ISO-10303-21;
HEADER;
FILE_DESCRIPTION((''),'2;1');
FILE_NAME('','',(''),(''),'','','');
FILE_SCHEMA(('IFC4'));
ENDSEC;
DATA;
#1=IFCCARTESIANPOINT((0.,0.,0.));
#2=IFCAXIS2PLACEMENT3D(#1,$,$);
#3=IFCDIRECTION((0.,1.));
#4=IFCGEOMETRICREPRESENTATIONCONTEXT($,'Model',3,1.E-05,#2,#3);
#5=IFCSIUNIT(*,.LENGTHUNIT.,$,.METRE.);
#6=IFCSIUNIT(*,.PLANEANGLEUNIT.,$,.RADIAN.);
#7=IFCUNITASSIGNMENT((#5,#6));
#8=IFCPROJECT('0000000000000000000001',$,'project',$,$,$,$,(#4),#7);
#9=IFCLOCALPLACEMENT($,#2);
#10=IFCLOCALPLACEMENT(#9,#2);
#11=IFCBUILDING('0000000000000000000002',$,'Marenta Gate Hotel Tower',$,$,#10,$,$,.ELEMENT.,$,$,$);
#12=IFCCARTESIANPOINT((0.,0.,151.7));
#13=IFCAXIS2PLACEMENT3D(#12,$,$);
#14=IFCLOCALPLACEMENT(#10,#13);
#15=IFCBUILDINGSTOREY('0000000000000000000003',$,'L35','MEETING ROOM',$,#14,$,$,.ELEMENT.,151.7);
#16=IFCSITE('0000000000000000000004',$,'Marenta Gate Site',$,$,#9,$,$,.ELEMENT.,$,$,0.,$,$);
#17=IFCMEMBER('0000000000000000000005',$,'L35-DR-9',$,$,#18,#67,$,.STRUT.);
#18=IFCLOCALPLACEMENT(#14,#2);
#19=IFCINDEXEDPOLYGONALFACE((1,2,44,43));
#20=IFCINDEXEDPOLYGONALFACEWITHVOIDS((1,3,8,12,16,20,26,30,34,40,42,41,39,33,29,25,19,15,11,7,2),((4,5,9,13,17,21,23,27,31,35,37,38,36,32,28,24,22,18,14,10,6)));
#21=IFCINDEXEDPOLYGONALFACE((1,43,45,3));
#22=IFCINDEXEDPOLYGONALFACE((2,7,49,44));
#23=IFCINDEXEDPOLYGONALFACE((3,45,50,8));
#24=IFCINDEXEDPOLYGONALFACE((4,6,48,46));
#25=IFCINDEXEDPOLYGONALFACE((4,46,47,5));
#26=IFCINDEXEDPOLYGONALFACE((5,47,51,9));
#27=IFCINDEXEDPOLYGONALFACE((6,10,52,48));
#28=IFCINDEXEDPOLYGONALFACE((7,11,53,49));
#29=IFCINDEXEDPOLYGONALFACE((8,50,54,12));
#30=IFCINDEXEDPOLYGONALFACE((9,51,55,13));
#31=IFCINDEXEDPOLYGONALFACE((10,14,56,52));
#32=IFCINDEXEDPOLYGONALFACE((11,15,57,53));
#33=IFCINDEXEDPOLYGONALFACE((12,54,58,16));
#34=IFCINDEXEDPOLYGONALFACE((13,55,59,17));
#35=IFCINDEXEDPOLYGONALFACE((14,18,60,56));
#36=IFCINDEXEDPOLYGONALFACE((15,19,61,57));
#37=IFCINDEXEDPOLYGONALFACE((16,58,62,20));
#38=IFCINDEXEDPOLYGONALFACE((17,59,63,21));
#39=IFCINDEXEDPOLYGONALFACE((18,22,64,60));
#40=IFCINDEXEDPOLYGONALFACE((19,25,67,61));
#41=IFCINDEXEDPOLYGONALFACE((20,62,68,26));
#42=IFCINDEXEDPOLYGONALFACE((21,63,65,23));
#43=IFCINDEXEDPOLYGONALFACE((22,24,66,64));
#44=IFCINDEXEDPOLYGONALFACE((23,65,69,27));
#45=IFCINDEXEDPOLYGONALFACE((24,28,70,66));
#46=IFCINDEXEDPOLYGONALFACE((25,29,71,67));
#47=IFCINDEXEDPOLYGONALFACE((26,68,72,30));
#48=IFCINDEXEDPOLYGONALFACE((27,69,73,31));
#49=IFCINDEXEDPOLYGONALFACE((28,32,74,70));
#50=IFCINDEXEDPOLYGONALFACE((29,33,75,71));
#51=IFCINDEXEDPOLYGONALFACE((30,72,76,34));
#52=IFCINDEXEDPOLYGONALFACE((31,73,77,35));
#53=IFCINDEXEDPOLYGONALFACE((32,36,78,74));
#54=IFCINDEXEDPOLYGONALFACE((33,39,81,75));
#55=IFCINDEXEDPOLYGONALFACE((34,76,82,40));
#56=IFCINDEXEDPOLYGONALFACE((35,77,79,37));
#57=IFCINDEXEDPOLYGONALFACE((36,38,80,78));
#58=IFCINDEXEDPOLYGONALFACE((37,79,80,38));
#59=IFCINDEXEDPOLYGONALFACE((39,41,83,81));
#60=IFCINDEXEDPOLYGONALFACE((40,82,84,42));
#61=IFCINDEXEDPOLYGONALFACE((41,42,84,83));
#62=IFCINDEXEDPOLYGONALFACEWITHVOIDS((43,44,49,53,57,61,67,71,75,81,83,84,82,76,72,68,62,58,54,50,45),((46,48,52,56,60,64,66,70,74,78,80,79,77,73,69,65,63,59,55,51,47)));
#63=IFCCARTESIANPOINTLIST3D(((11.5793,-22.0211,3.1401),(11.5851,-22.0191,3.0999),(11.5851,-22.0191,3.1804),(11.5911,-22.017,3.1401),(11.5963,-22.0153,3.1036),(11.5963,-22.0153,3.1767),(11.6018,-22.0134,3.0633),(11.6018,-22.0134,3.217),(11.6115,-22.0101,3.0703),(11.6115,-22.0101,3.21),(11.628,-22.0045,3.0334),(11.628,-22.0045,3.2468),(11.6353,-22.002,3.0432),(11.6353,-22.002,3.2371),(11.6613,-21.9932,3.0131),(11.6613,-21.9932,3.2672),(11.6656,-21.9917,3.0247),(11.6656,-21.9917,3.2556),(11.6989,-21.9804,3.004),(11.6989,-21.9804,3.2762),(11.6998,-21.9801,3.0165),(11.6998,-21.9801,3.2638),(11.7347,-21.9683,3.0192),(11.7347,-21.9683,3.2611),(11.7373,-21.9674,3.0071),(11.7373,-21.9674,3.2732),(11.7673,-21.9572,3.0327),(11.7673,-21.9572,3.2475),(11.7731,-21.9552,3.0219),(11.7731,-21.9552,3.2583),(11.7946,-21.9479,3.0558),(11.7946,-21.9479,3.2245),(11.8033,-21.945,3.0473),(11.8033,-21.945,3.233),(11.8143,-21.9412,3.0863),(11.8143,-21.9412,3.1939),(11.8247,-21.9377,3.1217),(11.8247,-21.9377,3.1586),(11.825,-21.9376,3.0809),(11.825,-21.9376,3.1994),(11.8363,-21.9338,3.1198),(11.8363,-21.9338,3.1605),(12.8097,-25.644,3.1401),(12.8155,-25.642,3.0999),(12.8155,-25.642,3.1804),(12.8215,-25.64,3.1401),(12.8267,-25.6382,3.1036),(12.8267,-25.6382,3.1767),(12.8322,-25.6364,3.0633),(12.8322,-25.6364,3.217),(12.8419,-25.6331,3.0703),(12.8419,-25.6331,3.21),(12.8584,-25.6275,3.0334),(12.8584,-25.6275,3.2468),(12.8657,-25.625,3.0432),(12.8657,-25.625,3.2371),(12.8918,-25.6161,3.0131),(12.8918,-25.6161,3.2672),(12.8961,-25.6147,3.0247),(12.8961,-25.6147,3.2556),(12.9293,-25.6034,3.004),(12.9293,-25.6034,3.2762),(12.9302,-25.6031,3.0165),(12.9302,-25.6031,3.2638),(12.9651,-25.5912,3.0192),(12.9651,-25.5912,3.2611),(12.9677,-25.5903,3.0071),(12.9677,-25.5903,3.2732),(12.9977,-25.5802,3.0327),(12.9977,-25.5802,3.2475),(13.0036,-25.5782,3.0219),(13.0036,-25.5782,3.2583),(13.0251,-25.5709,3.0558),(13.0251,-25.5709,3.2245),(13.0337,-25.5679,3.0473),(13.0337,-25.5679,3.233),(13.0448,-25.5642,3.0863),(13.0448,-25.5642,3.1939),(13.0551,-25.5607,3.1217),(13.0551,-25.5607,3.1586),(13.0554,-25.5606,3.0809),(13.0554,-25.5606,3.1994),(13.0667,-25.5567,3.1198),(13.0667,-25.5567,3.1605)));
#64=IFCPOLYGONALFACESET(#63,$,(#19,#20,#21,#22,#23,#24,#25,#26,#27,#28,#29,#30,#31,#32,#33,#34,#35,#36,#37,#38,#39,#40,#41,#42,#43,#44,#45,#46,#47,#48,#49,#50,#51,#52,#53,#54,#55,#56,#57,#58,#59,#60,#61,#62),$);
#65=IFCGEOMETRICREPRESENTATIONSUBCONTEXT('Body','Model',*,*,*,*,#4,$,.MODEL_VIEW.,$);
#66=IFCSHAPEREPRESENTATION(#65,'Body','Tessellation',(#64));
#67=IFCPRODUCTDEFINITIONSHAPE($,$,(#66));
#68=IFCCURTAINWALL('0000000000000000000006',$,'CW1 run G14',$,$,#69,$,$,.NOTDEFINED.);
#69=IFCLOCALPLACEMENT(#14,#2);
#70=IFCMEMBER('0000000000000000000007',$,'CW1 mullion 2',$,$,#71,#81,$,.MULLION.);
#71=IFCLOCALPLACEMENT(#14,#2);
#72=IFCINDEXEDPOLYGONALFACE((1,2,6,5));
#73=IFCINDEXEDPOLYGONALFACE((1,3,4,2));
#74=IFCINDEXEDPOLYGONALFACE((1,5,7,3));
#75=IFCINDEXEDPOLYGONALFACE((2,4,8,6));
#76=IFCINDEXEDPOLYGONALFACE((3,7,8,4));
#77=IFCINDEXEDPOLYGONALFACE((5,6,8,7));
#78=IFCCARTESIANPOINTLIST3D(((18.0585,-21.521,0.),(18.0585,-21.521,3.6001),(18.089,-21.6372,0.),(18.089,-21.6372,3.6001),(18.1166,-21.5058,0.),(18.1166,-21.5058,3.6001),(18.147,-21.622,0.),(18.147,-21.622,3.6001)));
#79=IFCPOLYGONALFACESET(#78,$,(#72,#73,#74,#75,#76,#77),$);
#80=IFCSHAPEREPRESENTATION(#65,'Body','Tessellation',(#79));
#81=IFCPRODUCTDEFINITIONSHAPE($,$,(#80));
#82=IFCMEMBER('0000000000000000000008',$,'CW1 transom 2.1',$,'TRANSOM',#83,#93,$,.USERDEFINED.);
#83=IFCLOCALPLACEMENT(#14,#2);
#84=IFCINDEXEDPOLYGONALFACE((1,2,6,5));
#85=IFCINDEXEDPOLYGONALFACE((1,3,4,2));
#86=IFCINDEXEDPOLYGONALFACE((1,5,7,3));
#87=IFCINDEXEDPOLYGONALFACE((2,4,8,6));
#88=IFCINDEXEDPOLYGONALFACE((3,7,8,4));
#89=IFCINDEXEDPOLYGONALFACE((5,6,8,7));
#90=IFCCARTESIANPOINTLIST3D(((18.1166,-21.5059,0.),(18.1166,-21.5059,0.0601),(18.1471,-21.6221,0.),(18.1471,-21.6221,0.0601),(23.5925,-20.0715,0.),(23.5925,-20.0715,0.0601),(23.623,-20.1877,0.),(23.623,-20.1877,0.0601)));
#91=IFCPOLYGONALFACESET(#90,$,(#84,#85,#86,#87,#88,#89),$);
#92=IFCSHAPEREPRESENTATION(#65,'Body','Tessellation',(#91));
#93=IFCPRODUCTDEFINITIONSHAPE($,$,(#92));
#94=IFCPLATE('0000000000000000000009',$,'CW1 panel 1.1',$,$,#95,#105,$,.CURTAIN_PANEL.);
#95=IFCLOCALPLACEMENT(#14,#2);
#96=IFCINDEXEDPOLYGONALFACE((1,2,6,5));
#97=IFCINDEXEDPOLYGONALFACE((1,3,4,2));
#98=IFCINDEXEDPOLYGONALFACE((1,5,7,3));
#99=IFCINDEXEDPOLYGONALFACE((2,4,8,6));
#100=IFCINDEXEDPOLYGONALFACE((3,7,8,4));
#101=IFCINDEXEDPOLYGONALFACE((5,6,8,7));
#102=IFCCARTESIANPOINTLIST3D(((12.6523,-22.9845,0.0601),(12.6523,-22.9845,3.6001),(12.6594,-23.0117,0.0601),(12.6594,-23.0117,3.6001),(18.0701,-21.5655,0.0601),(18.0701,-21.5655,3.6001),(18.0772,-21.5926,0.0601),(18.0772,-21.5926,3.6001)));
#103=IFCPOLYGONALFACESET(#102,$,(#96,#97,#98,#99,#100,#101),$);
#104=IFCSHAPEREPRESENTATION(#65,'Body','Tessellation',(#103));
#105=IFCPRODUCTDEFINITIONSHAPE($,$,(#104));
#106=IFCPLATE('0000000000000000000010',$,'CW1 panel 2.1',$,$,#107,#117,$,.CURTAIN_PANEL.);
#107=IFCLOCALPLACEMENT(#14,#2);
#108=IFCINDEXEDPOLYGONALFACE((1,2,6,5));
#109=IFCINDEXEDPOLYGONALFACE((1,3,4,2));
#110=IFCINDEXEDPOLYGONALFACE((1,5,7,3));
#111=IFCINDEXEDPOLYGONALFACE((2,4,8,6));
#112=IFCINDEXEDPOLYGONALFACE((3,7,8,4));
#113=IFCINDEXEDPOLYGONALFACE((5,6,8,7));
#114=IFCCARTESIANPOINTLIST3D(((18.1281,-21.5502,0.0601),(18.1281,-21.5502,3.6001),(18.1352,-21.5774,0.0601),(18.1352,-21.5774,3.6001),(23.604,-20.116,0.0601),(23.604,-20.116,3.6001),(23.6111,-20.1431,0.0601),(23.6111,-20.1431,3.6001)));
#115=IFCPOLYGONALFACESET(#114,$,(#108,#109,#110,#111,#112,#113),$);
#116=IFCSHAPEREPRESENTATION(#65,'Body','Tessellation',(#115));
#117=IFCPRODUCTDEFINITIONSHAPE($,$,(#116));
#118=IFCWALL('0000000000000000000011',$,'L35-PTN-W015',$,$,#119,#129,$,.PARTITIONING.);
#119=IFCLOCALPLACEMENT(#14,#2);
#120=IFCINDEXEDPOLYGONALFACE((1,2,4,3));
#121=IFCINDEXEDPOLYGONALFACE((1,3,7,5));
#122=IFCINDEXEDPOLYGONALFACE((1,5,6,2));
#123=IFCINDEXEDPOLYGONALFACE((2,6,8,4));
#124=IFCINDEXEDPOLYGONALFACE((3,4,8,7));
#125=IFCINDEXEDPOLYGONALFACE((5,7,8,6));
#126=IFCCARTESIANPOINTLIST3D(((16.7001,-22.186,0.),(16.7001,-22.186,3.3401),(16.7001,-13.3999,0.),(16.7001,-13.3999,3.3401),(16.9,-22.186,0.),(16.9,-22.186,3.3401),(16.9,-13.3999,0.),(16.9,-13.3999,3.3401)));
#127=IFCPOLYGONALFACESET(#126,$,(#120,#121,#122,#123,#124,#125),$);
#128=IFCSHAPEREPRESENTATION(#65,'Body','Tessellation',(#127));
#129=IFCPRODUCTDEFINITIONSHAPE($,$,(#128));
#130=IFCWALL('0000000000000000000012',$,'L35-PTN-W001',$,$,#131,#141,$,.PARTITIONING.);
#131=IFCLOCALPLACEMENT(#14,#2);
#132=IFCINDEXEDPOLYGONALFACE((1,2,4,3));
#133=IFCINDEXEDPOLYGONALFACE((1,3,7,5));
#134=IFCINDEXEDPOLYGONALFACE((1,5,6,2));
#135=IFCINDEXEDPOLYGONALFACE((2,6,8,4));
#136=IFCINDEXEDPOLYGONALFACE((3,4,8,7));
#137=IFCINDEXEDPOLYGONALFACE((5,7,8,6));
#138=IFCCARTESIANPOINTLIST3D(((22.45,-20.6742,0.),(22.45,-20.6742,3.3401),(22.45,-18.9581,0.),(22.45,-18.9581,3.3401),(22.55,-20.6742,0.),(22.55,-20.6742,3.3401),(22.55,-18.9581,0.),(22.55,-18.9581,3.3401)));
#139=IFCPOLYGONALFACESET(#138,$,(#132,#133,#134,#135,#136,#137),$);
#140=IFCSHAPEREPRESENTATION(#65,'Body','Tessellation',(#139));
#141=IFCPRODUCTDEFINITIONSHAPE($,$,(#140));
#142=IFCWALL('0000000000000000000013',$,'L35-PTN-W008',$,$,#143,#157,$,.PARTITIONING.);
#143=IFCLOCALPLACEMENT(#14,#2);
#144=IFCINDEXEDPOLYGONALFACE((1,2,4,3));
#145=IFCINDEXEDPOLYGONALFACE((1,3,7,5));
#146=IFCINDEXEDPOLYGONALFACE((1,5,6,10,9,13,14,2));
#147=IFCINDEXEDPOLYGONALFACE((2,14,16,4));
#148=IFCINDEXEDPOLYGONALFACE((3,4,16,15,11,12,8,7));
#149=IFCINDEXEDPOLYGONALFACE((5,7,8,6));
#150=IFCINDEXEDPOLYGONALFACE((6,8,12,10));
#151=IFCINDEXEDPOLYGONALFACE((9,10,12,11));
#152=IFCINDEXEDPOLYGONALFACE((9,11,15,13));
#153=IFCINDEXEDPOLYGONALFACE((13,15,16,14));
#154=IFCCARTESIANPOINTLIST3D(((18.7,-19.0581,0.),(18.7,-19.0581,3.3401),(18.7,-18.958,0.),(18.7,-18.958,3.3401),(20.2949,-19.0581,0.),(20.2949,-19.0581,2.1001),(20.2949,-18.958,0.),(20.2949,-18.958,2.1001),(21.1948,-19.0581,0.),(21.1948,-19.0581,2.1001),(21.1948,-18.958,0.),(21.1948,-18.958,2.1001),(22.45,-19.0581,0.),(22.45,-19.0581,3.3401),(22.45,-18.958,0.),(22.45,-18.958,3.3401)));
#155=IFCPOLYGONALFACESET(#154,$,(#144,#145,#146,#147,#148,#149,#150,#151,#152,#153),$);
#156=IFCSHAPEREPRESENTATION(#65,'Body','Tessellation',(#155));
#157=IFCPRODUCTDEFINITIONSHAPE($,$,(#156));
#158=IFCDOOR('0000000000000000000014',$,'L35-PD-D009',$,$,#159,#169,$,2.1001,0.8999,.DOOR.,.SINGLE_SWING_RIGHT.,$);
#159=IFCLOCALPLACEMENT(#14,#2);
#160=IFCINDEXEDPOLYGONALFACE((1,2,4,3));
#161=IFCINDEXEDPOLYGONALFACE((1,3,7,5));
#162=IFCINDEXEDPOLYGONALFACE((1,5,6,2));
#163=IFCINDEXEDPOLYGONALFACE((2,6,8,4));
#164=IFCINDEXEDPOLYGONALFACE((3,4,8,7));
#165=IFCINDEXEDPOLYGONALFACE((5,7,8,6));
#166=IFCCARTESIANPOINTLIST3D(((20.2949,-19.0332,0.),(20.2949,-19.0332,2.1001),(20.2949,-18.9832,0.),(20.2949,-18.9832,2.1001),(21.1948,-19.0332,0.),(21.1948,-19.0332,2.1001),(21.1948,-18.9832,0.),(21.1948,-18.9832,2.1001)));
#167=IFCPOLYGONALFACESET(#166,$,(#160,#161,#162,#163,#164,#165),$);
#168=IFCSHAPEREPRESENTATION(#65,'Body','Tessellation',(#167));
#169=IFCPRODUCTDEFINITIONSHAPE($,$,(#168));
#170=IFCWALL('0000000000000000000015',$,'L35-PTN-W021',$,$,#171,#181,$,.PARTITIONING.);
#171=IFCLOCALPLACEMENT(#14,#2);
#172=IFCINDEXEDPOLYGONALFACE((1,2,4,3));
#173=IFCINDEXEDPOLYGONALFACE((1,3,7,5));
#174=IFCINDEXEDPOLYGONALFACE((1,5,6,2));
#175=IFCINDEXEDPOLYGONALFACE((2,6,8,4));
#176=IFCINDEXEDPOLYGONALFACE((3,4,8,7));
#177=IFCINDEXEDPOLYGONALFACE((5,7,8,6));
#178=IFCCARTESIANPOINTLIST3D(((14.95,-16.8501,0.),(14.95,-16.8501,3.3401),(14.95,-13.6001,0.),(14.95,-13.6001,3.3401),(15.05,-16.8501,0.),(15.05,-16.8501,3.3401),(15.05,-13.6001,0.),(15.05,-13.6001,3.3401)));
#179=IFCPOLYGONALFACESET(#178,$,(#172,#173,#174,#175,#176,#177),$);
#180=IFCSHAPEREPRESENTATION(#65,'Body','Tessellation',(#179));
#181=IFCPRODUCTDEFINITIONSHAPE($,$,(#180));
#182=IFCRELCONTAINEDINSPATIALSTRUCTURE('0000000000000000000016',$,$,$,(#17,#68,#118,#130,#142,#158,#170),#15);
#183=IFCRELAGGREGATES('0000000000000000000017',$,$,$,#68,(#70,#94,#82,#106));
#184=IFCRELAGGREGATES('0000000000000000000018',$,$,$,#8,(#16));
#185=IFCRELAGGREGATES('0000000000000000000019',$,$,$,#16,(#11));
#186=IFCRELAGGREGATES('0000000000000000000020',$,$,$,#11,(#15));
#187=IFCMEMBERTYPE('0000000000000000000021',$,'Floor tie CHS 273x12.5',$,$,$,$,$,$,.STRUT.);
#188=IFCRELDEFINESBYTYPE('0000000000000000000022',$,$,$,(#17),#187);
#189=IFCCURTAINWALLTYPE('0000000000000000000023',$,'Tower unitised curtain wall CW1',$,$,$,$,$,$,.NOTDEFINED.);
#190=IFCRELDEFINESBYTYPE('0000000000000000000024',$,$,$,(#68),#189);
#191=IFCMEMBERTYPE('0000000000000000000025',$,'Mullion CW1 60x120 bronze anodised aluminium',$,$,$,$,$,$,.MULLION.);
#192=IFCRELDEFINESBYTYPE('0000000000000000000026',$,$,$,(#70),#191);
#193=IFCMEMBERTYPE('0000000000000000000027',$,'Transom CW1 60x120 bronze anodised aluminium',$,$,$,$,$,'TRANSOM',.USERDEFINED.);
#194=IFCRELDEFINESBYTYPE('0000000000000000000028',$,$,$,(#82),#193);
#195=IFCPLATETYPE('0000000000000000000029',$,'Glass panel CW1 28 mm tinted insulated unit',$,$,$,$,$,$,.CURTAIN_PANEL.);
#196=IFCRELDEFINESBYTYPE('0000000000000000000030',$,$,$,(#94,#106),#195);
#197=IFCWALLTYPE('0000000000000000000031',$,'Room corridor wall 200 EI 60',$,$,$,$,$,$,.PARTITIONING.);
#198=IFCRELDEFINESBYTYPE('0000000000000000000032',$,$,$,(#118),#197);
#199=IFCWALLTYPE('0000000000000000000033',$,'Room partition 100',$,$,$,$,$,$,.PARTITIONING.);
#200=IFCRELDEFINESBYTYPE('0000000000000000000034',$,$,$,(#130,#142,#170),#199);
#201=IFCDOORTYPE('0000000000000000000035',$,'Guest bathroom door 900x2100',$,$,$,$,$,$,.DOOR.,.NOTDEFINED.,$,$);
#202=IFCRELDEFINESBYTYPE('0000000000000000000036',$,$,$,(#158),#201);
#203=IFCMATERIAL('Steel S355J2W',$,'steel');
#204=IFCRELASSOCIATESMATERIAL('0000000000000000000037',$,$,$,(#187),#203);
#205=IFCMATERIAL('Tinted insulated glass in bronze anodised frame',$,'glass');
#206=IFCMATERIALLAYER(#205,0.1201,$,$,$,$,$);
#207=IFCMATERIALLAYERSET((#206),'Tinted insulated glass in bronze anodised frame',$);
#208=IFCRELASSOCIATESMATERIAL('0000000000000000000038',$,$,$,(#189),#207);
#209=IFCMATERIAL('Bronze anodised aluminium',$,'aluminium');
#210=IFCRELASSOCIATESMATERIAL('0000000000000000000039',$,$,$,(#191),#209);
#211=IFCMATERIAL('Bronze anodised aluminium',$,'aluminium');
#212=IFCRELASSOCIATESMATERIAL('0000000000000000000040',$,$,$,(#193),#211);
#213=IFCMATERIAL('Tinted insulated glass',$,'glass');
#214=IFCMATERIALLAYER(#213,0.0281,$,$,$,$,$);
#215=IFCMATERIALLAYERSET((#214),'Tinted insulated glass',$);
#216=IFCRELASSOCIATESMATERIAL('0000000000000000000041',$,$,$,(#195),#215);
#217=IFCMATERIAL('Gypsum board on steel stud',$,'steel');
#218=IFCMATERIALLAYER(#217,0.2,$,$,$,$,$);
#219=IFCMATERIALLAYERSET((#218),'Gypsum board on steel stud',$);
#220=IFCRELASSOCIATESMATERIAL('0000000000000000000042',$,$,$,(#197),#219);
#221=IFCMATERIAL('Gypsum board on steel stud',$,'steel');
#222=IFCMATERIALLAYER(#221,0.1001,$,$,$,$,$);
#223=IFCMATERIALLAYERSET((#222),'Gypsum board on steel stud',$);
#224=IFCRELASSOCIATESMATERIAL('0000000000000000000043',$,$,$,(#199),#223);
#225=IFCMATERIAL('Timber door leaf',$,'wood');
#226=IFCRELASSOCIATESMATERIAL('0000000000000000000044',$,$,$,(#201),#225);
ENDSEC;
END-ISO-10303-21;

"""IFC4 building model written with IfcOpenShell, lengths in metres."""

from ifc_helpers import new_model, si_unit, direction, frame, frame_2d, origin, origin_2d, place, context, subcontext, project, spatial, rectangle, hollow_circle, extrude, material, layer, layer_set, material_profile, profile_set, type_object, element, fill, aggregate, save


model = new_model("IFC4")

# Units and contexts
model_context = context("Model", 3, precision=1e-05, world=origin(), true_north=direction((0.0, 1.0)))
body_context = subcontext(model_context, "Body", "Model", "MODEL_VIEW")
ifc_project = project(units=[si_unit("LENGTHUNIT", "METRE"), si_unit("PLANEANGLEUNIT", "RADIAN")], contexts=[model_context])

# Site, building, storey
site_placement = place(None, origin())
site = spatial("IfcSite", under=ifc_project, at=site_placement, Name="Marenta Gate Site", CompositionType="ELEMENT", RefElevation=0.0)
building_placement = place(site_placement, origin())
building = spatial("IfcBuilding", under=site, at=building_placement, Name="Marenta Gate Hotel Tower", CompositionType="ELEMENT")
storey_placement = place(building_placement, frame((0.0, 0.0, 151.7)))
storey = spatial("IfcBuildingStorey", under=building, at=storey_placement, Name="L35", Description="MEETING ROOM", CompositionType="ELEMENT", Elevation=151.7)

# Member
ifc_material_1 = material(Name="Steel S355J2W", Category="steel")
ifc_material_profile_1 = material_profile(ifc_material_1, hollow_circle(Radius=0.1365, WallThickness=0.0125, at=origin_2d()), Name="CHS 273x12.5")
ifc_profile_set_1 = profile_set([ifc_material_profile_1], Name="Steel S355J2W")
member_type_1 = type_object("IfcMemberType", Name="Floor tie CHS 273x12.5", PredefinedType="STRUT", material=ifc_profile_set_1)
member_1_placement = place(storey_placement, frame((12.939, -25.6001, 3.1401), z_axis=(-0.321582, 0.946882, 0.0), x_axis=(-0.946882, -0.321582, 0.0)))
element("IfcMember", 1, at=member_1_placement, inside=storey, type_object=member_type_1, Name="L35-DR-9", PredefinedType="STRUT", context=body_context, shape_type="SweptSolid", body=[
    extrude(hollow_circle(Radius=0.1365, WallThickness=0.0125, at=origin_2d()), origin(), (0.0, 0.0, 1.0), 3.8262),
])

# Curtain wall, members, plates
ifc_material_2 = material(Name="Tinted insulated glass in bronze anodised frame", Category="glass")
ifc_layer_1 = layer(ifc_material_2, 0.1201)
ifc_layer_set_1 = layer_set([ifc_layer_1], Name="Tinted insulated glass in bronze anodised frame")
curtain_wall_type = type_object("IfcCurtainWallType", Name="Tower unitised curtain wall CW1", PredefinedType="NOTDEFINED", material=ifc_layer_set_1)
curtain_wall_placement = place(storey_placement, origin())
curtain_wall = element("IfcCurtainWall", 2, at=curtain_wall_placement, inside=storey, type_object=curtain_wall_type, Name="CW1 run G14", PredefinedType="NOTDEFINED")
ifc_material_3 = material(Name="Bronze anodised aluminium", Category="aluminium")
ifc_material_profile_2 = material_profile(ifc_material_3, rectangle(XDim=0.1201, YDim=0.0601, at=origin_2d()), Name="Mullion CW1 60x120 bronze anodised aluminium")
ifc_profile_set_2 = profile_set([ifc_material_profile_2], Name="Bronze anodised aluminium")
member_type_2 = type_object("IfcMemberType", Name="Mullion CW1 60x120 bronze anodised aluminium", PredefinedType="MULLION", material=ifc_profile_set_2)
member_2_placement = place(storey_placement, frame((18.1028, -21.5715, 0.0), z_axis=(0.0, 0.0, 1.0), x_axis=(-0.253374, 0.967368, 0.0)))
member_2 = element("IfcMember", 3, at=member_2_placement, type_object=member_type_2, Name="CW1 mullion 2", PredefinedType="MULLION", context=body_context, shape_type="SweptSolid", body=[
    extrude(rectangle(XDim=0.1201, YDim=0.0601, at=origin_2d()), origin(), (0.0, 0.0, 1.0), 3.6001),
])
ifc_material_4 = material(Name="Bronze anodised aluminium", Category="aluminium")
ifc_material_profile_3 = material_profile(ifc_material_4, rectangle(XDim=0.1201, YDim=0.0601, at=origin_2d()), Name="Transom CW1 60x120 bronze anodised aluminium")
ifc_profile_set_3 = profile_set([ifc_material_profile_3], Name="Bronze anodised aluminium")
member_type_3 = type_object("IfcMemberType", Name="Transom CW1 60x120 bronze anodised aluminium", ElementType="TRANSOM", PredefinedType="USERDEFINED", material=ifc_profile_set_3)
member_3_placement = place(storey_placement, frame((18.1318, -21.564, 0.03), z_axis=(0.967364, 0.253389, 0.0), x_axis=(-0.253389, 0.967364, 0.0)))
member_3 = element("IfcMember", 4, at=member_3_placement, type_object=member_type_3, Name="CW1 transom 2.1", ObjectType="TRANSOM", PredefinedType="USERDEFINED", context=body_context, shape_type="SweptSolid", body=[
    extrude(rectangle(XDim=0.1201, YDim=0.0601, at=origin_2d()), origin(), (0.0, 0.0, 1.0), 5.6606),
])
ifc_material_5 = material(Name="Tinted insulated glass", Category="glass")
ifc_layer_2 = layer(ifc_material_5, 0.0281)
ifc_layer_set_2 = layer_set([ifc_layer_2], Name="Tinted insulated glass")
plate_type = type_object("IfcPlateType", Name="Glass panel CW1 28 mm tinted insulated unit", PredefinedType="CURTAIN_PANEL", material=ifc_layer_set_2)
plate_1_placement = place(storey_placement, frame((15.3647, -22.2886, 0.0601), z_axis=(0.0, 0.0, 1.0), x_axis=(0.967368, 0.253374, 0.0)))
plate_1 = element("IfcPlate", 5, at=plate_1_placement, type_object=plate_type, Name="CW1 panel 1.1", PredefinedType="CURTAIN_PANEL", context=body_context, shape_type="SweptSolid", body=[
    extrude(rectangle(XDim=5.6006, YDim=0.0281, at=origin_2d()), origin(), (0.0, 0.0, 1.0), 3.54),
])
plate_2_placement = place(storey_placement, frame((20.8696, -20.8467, 0.0601), z_axis=(0.0, 0.0, 1.0), x_axis=(0.967368, 0.253374, 0.0)))
plate_2 = element("IfcPlate", 6, at=plate_2_placement, type_object=plate_type, Name="CW1 panel 2.1", PredefinedType="CURTAIN_PANEL", context=body_context, shape_type="SweptSolid", body=[
    extrude(rectangle(XDim=5.6606, YDim=0.0281, at=origin_2d()), origin(), (0.0, 0.0, 1.0), 3.54),
])
aggregate(curtain_wall, [member_2, plate_1, member_3, plate_2])

# Shared definitions
ifc_material_6 = material(Name="Gypsum board on steel stud", Category="steel")
ifc_layer_3 = layer(ifc_material_6, 0.2)
ifc_layer_set_3 = layer_set([ifc_layer_3], Name="Gypsum board on steel stud")
wall_type_1 = type_object("IfcWallType", Name="Room corridor wall 200 EI 60", PredefinedType="PARTITIONING", material=ifc_layer_set_3)

# Walls
wall_1_placement = place(storey_placement, frame((16.8, -22.186, 0.0), z_axis=(0.0, 0.0, 1.0), x_axis=(0.0, 1.0, 0.0)))
element("IfcWall", 7, at=wall_1_placement, inside=storey, type_object=wall_type_1, Name="L35-PTN-W015", PredefinedType="PARTITIONING", context=body_context, shape_type="SweptSolid", body=[
    extrude(rectangle(XDim=8.7861, YDim=0.2, at=frame_2d((4.3931, 0.0))), origin(), (0.0, 0.0, 1.0), 3.3401),
])
ifc_material_7 = material(Name="Gypsum board on steel stud", Category="steel")
ifc_layer_4 = layer(ifc_material_7, 0.1001)
ifc_layer_set_4 = layer_set([ifc_layer_4], Name="Gypsum board on steel stud")
wall_type_2 = type_object("IfcWallType", Name="Room partition 100", PredefinedType="PARTITIONING", material=ifc_layer_set_4)
wall_2_placement = place(storey_placement, frame((22.5, -20.6741, 0.0), z_axis=(0.0, 0.0, 1.0), x_axis=(0.0, 1.0, 0.0)))
element("IfcWall", 8, at=wall_2_placement, inside=storey, type_object=wall_type_2, Name="L35-PTN-W001", PredefinedType="PARTITIONING", context=body_context, shape_type="SweptSolid", body=[
    extrude(rectangle(XDim=1.7161, YDim=0.1001, at=frame_2d((0.8579, 0.0))), origin(), (0.0, 0.0, 1.0), 3.3401),
])

# Wall, opening, door
wall_3_placement = place(storey_placement, frame((18.7, -19.0081, 0.0), z_axis=(0.0, 0.0, 1.0), x_axis=(1.0, 0.0, 0.0)))
wall_3 = element("IfcWall", 9, at=wall_3_placement, inside=storey, type_object=wall_type_2, Name="L35-PTN-W008", PredefinedType="PARTITIONING", context=body_context, shape_type="SweptSolid", body=[
    extrude(rectangle(XDim=3.75, YDim=0.1001, at=frame_2d((1.875, 0.0))), origin(), (0.0, 0.0, 1.0), 3.3401),
])
opening_1_placement = place(wall_3_placement, frame((1.595, 0.0, 0.0)))
opening_1 = element("IfcOpeningElement", 10, at=opening_1_placement, cuts=wall_3, PredefinedType="OPENING", context=body_context, shape_type="SweptSolid", body=[
    extrude(rectangle(XDim=0.8999, YDim=2.1001, at=frame_2d((0.45, 1.05))), frame((0.0, 0.05, 0.0), z_axis=(0.0, -1.0, 0.0), x_axis=(1.0, 0.0, 0.0)), (0.0, 0.0, 1.0), 0.1001),
])
ifc_material_8 = material(Name="Timber door leaf", Category="wood")
door_type_1 = type_object("IfcDoorType", Name="Guest bathroom door 900x2100", OperationType="NOTDEFINED", PredefinedType="DOOR", material=ifc_material_8)
door_1_placement = place(opening_1_placement, origin())
door_1 = element("IfcDoor", 11, at=door_1_placement, inside=storey, type_object=door_type_1, Name="L35-PD-D009", OperationType="SINGLE_SWING_RIGHT", OverallHeight=2.1001, OverallWidth=0.8999, PredefinedType="DOOR", context=body_context, shape_type="SweptSolid", body=[
    extrude(rectangle(XDim=0.8999, YDim=2.1001, at=frame_2d((0.45, 1.05))), frame((0.0, 0.0249, 0.0), z_axis=(0.0, -1.0, 0.0), x_axis=(1.0, 0.0, 0.0)), (0.0, 0.0, 1.0), 0.05),
])
fill(opening_1, door_1)

# Wall
wall_4_placement = place(storey_placement, frame((15.0, -16.8501, 0.0), z_axis=(0.0, 0.0, 1.0), x_axis=(0.0, 1.0, 0.0)))
element("IfcWall", 12, at=wall_4_placement, inside=storey, type_object=wall_type_2, Name="L35-PTN-W021", PredefinedType="PARTITIONING", context=body_context, shape_type="SweptSolid", body=[
    extrude(rectangle(XDim=3.25, YDim=0.1001, at=frame_2d((1.625, 0.0))), origin(), (0.0, 0.0, 1.0), 3.3401),
])

save(model, "model.ifc")
